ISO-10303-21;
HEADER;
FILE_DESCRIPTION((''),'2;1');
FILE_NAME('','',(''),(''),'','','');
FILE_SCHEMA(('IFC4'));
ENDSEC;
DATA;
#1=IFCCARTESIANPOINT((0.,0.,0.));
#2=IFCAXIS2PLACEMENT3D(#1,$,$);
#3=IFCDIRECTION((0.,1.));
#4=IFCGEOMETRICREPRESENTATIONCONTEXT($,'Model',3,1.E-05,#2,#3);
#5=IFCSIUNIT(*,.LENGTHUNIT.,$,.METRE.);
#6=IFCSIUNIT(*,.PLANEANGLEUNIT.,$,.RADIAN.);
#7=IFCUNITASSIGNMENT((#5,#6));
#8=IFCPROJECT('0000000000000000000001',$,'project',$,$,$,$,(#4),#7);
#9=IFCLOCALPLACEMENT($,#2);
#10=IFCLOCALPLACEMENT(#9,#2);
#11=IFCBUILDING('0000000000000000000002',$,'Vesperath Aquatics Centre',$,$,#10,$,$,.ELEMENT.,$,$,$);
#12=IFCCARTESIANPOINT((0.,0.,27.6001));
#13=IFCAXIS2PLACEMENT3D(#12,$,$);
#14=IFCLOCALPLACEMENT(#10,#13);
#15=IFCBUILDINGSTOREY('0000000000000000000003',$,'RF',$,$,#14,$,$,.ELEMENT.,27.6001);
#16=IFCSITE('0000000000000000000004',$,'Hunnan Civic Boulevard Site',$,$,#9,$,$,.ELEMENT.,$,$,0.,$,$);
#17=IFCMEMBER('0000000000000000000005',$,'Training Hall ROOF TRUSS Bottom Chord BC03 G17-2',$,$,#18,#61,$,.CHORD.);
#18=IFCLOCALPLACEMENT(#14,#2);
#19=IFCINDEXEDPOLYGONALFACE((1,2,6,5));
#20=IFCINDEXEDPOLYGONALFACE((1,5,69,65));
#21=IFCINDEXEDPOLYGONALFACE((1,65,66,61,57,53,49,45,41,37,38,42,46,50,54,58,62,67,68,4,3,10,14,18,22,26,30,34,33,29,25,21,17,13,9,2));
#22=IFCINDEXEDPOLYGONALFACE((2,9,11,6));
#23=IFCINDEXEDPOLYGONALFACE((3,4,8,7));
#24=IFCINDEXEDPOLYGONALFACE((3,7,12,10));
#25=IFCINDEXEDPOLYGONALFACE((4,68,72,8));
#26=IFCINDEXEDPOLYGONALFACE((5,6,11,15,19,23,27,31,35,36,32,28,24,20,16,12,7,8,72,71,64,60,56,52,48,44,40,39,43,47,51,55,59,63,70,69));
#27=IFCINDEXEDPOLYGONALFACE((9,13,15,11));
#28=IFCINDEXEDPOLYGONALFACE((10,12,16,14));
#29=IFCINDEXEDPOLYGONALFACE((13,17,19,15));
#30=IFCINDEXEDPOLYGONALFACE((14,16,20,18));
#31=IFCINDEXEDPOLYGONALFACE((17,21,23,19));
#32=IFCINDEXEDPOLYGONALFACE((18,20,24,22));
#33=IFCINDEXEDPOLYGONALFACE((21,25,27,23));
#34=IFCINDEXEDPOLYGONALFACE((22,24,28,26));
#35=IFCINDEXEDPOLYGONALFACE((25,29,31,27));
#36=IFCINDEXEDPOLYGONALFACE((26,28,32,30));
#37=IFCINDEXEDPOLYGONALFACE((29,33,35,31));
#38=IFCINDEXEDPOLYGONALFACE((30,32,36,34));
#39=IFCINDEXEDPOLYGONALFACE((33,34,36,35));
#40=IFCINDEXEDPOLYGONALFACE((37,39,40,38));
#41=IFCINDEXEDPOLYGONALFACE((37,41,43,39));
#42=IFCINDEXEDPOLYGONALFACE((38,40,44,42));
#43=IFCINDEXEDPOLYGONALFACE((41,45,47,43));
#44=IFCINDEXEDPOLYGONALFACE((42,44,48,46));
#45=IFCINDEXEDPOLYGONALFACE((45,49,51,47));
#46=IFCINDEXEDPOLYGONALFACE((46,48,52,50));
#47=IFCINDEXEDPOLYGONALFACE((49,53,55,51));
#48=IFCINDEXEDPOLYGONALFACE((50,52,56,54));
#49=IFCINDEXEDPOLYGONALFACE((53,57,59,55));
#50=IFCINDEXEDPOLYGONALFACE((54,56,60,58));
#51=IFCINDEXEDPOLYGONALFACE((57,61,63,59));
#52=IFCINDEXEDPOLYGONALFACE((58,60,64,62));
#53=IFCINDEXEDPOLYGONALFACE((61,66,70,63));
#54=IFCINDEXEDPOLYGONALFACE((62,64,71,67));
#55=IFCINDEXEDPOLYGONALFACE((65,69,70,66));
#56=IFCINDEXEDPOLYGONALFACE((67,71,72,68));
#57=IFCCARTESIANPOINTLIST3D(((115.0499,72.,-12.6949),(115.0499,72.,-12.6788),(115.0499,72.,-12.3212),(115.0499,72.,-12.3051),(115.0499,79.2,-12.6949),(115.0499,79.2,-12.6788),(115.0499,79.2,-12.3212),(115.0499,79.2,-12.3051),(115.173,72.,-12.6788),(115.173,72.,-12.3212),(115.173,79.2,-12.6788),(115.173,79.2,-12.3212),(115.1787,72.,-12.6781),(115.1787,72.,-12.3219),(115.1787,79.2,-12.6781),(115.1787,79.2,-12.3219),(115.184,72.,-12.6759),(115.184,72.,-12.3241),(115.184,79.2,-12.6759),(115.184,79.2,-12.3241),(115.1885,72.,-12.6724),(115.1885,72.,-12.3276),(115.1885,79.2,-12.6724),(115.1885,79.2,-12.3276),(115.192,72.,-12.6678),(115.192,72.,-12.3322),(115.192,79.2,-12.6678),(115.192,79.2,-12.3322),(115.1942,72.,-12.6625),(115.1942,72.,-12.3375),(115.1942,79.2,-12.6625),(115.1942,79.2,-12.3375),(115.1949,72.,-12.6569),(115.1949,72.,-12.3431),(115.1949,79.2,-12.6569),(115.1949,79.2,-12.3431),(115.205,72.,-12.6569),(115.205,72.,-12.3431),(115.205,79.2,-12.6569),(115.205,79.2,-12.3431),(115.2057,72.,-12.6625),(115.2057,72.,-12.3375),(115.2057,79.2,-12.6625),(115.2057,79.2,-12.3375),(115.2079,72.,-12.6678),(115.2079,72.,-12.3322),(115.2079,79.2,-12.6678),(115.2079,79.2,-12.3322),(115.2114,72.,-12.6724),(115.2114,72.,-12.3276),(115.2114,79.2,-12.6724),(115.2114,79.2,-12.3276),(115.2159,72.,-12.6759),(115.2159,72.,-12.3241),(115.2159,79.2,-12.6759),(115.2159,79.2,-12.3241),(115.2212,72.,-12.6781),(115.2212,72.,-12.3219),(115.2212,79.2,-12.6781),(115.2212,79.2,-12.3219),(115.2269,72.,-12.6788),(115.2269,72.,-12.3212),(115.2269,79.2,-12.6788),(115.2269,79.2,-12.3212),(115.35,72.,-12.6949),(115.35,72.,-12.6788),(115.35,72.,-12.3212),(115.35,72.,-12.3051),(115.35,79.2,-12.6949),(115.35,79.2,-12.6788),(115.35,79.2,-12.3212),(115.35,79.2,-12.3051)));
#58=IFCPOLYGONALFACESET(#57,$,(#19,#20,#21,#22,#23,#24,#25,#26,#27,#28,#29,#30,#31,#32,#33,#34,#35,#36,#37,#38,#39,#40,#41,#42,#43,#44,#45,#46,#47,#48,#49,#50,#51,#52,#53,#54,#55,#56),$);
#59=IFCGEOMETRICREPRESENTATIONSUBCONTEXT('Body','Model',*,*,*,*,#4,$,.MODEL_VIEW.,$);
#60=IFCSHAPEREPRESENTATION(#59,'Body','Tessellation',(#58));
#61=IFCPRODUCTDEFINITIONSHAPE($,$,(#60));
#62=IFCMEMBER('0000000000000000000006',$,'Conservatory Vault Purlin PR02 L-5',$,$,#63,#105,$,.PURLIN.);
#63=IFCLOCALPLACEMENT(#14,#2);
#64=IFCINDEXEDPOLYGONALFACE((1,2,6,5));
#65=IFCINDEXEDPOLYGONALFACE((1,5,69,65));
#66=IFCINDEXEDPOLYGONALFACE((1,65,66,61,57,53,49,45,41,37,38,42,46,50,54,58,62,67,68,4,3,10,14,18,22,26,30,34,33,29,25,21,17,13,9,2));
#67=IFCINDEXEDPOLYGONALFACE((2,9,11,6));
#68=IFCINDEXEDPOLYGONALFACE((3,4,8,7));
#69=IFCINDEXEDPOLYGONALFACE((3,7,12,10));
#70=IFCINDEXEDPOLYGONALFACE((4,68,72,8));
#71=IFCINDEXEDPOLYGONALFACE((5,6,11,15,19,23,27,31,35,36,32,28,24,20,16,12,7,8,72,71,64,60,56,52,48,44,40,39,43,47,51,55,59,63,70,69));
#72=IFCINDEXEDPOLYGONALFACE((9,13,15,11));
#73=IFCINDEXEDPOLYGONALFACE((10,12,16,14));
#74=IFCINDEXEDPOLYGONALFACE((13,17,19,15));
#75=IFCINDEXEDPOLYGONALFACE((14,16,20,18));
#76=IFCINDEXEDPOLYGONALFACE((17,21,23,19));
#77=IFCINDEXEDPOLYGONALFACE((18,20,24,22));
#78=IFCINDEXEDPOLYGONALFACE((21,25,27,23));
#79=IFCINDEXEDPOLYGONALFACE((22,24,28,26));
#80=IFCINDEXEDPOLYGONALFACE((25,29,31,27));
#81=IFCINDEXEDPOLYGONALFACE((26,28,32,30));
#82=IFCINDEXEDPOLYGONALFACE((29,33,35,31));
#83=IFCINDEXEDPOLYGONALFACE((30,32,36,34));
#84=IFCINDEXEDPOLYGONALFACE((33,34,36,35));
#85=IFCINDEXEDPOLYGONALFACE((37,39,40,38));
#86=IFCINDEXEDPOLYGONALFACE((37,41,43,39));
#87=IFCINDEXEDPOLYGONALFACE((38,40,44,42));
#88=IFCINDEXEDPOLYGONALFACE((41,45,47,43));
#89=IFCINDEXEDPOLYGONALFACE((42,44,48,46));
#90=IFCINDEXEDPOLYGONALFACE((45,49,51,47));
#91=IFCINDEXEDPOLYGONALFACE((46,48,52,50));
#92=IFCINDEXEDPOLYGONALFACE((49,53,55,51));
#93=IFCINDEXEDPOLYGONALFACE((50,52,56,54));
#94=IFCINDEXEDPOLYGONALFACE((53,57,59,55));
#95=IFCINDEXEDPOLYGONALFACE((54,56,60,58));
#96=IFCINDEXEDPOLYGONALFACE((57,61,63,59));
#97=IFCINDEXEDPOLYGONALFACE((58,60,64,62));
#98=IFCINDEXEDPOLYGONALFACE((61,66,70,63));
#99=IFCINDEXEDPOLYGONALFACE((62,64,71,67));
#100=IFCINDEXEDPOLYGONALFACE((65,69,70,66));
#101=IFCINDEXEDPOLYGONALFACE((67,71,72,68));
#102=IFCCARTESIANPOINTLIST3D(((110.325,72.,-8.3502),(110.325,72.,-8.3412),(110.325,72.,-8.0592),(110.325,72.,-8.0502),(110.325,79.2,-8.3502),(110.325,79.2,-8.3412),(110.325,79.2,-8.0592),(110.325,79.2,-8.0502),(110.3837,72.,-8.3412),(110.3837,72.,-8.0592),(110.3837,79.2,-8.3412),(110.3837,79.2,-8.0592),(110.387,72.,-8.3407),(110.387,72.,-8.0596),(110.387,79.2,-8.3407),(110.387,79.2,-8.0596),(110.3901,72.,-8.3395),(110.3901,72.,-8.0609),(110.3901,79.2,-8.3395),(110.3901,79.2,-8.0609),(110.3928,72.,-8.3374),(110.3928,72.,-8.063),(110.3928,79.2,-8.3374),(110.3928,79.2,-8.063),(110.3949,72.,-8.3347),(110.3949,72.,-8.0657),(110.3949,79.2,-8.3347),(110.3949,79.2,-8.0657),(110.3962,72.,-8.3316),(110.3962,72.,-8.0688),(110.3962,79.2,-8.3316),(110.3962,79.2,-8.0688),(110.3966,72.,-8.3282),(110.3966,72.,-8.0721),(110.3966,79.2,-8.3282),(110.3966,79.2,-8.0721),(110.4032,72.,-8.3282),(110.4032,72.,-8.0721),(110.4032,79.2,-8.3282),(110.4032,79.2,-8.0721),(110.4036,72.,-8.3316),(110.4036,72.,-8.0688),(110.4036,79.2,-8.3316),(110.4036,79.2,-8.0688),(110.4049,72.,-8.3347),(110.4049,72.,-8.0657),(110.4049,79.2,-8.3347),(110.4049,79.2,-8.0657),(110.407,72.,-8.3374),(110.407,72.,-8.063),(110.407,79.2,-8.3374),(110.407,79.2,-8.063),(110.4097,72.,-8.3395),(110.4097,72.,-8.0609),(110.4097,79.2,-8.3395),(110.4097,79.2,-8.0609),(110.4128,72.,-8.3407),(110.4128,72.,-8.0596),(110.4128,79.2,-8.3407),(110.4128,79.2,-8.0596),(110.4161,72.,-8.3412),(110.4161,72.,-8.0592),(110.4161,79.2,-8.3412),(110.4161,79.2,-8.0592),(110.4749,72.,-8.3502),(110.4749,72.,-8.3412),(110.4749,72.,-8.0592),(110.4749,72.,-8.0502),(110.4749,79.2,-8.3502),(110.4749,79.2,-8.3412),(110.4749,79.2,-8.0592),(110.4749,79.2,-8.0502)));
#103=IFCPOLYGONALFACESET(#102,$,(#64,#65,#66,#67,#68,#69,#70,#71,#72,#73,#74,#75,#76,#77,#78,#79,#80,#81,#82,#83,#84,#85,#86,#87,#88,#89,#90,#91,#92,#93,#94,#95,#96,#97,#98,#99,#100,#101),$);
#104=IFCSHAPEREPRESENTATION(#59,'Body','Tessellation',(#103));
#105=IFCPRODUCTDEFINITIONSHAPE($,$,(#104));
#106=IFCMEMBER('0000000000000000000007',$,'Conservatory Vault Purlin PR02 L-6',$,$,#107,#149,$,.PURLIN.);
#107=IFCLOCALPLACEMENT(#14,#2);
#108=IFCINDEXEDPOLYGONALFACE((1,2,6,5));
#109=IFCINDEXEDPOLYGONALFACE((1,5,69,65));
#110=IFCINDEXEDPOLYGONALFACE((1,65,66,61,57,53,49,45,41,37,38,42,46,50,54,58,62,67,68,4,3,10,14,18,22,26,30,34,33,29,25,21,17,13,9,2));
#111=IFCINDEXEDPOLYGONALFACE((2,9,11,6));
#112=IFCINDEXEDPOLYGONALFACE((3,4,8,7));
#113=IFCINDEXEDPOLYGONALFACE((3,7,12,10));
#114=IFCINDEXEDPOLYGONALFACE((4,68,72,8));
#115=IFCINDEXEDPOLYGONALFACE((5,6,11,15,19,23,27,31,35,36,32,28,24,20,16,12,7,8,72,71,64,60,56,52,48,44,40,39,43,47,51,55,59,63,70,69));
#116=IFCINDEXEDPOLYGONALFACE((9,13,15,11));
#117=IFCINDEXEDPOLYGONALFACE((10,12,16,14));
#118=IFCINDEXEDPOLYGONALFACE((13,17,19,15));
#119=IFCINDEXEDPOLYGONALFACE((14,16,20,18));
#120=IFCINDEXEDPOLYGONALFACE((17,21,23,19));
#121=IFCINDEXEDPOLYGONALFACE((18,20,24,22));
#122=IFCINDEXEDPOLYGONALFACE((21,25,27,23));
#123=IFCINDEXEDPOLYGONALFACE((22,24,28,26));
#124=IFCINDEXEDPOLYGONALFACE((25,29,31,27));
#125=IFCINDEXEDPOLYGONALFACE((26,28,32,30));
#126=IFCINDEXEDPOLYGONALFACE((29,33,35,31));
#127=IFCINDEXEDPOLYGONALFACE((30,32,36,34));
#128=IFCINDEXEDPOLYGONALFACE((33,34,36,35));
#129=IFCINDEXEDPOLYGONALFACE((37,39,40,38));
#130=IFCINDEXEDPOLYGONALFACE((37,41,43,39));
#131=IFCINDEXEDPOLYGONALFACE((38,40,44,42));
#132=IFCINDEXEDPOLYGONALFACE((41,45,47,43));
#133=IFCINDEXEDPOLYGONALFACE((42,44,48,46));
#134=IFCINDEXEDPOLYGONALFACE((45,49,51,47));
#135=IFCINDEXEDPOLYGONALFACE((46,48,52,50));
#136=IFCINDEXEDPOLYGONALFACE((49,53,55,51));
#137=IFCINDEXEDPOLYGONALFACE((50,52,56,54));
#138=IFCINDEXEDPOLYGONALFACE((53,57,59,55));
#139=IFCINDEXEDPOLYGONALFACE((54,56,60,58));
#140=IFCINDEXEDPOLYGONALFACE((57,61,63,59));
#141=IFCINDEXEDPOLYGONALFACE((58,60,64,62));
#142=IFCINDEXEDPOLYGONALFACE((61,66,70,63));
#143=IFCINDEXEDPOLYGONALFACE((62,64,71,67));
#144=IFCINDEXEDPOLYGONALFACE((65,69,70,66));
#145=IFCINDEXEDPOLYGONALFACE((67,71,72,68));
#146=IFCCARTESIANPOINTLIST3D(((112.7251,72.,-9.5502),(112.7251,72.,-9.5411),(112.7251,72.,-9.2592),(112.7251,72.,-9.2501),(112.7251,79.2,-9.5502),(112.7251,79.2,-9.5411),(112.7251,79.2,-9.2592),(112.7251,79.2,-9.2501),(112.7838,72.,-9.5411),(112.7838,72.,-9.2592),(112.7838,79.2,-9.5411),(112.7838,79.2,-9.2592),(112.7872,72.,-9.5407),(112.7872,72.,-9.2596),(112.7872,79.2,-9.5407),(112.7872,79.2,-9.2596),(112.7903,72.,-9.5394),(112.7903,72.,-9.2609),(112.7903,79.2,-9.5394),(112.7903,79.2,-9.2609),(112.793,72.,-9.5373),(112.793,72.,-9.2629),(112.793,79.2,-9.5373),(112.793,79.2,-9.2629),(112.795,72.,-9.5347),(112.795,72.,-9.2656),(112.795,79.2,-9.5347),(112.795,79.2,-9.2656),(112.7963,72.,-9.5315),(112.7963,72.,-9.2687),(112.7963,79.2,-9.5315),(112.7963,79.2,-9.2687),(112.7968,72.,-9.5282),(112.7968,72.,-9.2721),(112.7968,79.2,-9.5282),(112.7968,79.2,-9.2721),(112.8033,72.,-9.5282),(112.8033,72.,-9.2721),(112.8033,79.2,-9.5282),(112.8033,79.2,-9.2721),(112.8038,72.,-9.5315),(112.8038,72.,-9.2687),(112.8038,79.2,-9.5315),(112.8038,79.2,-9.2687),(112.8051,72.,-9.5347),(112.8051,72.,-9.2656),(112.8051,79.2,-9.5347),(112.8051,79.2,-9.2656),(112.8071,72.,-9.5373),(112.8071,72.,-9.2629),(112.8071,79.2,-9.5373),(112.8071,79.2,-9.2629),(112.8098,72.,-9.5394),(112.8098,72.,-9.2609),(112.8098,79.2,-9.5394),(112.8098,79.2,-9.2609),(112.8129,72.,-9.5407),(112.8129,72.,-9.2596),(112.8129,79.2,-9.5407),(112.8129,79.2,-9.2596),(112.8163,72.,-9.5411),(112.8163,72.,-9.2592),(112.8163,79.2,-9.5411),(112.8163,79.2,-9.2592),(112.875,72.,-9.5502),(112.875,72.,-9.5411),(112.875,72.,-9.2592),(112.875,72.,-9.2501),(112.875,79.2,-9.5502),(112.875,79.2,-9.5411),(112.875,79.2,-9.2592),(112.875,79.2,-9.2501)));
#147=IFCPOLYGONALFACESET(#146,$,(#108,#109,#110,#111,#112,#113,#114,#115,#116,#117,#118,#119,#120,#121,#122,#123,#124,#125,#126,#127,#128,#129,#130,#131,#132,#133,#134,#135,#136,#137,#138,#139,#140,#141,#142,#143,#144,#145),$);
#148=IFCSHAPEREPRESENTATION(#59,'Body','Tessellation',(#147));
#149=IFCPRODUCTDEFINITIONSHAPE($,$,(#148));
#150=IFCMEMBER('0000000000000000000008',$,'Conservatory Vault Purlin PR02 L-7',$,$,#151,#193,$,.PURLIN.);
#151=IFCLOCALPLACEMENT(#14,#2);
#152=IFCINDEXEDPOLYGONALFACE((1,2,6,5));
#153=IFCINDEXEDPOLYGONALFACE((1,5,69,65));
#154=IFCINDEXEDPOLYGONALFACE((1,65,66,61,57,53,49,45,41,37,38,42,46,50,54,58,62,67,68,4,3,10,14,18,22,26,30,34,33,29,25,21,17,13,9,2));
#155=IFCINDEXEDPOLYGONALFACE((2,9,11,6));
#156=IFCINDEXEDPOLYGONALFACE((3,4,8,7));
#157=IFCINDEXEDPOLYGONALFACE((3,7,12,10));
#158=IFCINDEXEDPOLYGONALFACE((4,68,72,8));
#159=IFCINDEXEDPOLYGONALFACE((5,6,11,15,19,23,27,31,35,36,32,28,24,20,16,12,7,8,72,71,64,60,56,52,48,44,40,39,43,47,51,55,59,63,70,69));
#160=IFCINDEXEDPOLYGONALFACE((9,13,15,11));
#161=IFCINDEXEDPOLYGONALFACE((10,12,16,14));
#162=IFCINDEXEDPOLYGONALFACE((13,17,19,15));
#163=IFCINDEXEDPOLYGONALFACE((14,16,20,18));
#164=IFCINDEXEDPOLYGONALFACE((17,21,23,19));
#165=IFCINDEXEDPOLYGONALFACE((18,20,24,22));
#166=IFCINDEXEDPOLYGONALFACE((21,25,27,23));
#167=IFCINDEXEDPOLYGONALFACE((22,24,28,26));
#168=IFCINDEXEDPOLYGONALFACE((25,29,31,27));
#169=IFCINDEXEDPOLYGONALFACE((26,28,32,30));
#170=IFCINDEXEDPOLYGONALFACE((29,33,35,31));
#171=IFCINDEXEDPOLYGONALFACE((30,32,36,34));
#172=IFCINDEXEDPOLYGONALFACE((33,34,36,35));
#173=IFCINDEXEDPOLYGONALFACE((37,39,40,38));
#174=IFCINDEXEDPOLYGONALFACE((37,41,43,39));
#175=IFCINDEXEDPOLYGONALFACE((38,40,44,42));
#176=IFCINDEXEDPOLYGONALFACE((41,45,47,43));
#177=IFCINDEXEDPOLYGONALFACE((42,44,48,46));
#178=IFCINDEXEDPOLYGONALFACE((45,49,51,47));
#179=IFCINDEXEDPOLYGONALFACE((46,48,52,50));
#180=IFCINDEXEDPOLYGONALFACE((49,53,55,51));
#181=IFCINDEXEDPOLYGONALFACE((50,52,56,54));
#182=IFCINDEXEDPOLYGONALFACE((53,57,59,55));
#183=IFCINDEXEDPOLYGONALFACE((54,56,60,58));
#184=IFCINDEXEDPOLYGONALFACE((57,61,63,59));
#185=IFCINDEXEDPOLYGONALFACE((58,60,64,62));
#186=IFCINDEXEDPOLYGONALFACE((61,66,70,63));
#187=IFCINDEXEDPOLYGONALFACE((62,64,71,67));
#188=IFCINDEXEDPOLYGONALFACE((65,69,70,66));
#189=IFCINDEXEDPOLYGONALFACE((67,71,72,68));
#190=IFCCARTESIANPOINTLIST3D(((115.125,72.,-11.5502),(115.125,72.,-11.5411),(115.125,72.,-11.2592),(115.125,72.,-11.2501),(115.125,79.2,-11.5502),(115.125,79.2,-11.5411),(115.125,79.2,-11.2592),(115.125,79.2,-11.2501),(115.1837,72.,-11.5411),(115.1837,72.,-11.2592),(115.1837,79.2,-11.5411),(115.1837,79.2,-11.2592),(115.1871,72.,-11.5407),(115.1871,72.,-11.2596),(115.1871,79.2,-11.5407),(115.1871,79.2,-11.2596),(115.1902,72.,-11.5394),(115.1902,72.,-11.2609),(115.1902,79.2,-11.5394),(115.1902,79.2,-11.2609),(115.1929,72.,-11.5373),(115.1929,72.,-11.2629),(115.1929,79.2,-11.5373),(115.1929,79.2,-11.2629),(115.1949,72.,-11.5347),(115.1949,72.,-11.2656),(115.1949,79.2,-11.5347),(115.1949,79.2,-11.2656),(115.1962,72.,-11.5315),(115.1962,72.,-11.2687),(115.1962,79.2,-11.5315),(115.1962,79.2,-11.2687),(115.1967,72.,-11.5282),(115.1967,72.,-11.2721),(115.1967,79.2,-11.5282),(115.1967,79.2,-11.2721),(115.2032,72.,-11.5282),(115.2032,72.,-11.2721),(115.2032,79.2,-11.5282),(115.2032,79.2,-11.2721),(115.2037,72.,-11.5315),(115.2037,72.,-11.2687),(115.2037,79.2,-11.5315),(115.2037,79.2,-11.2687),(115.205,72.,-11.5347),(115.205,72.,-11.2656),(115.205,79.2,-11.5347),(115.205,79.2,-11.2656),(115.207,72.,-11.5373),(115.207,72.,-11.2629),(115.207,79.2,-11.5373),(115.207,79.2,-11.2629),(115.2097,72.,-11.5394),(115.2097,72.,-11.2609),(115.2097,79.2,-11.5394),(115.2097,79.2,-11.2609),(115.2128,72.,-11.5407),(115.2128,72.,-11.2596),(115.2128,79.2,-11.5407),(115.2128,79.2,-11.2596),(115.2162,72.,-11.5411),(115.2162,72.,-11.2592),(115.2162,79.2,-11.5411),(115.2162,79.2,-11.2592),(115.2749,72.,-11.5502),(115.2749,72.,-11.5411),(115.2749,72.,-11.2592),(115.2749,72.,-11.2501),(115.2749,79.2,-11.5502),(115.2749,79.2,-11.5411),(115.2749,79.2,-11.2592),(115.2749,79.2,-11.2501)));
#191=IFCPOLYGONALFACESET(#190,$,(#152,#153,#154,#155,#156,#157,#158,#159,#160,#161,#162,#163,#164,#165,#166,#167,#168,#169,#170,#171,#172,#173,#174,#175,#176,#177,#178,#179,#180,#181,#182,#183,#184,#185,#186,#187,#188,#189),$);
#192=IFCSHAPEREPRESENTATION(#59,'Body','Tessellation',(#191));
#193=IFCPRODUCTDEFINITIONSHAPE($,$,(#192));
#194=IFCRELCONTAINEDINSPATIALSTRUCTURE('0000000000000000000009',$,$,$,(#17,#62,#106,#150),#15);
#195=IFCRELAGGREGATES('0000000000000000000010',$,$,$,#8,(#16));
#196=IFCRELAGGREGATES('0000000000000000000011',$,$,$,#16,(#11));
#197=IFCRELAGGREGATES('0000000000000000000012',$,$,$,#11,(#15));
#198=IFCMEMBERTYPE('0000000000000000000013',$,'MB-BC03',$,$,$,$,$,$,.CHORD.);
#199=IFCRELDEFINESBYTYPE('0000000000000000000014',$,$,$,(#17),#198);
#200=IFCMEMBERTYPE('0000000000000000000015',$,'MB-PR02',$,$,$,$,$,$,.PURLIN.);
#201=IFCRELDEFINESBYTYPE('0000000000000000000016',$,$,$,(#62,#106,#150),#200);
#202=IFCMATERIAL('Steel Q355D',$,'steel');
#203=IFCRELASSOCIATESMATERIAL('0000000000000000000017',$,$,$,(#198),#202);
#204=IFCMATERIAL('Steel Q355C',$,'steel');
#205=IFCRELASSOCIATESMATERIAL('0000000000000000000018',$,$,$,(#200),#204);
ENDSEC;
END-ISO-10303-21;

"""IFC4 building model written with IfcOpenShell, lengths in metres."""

from ifc_helpers import new_model, si_unit, direction, frame, origin, origin_2d, place, context, subcontext, project, spatial, i_section, extrude, material, material_profile, profile_set, type_object, element, save


model = new_model("IFC4")

# Units and contexts
model_context = context("Model", 3, precision=1e-05, world=origin(), true_north=direction((0.0, 1.0)))
body_context = subcontext(model_context, "Body", "Model", "MODEL_VIEW")
ifc_project = project(units=[si_unit("LENGTHUNIT", "METRE"), si_unit("PLANEANGLEUNIT", "RADIAN")], contexts=[model_context])

# Site, building, storey
site_placement = place(None, origin())
site = spatial("IfcSite", under=ifc_project, at=site_placement, Name="Hunnan Civic Boulevard Site", CompositionType="ELEMENT", RefElevation=0.0)
building_placement = place(site_placement, origin())
building = spatial("IfcBuilding", under=site, at=building_placement, Name="Vesperath Aquatics Centre", CompositionType="ELEMENT")
storey_placement = place(building_placement, frame((0.0, 0.0, 27.6001)))
storey = spatial("IfcBuildingStorey", under=building, at=storey_placement, Name="RF", CompositionType="ELEMENT", Elevation=27.6001)

# Shared definitions
ifc_material_1 = material(Name="Steel Q355C", Category="steel")

# Members
ifc_material_2 = material(Name="Steel Q355D", Category="steel")
ifc_material_profile_1 = material_profile(ifc_material_2, i_section(OverallWidth=0.3, OverallDepth=0.3899, WebThickness=0.01, FlangeThickness=0.0161, FilletRadius=0.022, at=origin_2d()), Name="HM 390x300x10x16")
ifc_profile_set_1 = profile_set([ifc_material_profile_1], Name="Steel Q355D")
member_type_1 = type_object("IfcMemberType", Name="MB-BC03", PredefinedType="CHORD", material=ifc_profile_set_1)
member_1_placement = place(storey_placement, frame((115.2, 72.0, -12.5), z_axis=(0.0, 1.0, 0.0), x_axis=(-1.0, 0.0, 0.0)))
element("IfcMember", 1, at=member_1_placement, inside=storey, type_object=member_type_1, Name="Training Hall ROOF TRUSS Bottom Chord BC03 G17-2", PredefinedType="CHORD", context=body_context, shape_type="SweptSolid", body=[
    extrude(i_section(OverallWidth=0.3, OverallDepth=0.3899, WebThickness=0.01, FlangeThickness=0.0161, FilletRadius=0.022, at=origin_2d()), origin(), (0.0, 0.0, 1.0), 7.2),
])
ifc_material_profile_2 = material_profile(ifc_material_1, i_section(OverallWidth=0.1499, OverallDepth=0.3, WebThickness=0.0066, FlangeThickness=0.009, FilletRadius=0.0129, at=origin_2d()), Name="HN 300x150x6.5x9")
ifc_profile_set_2 = profile_set([ifc_material_profile_2], Name="Steel Q355C")
member_type_2 = type_object("IfcMemberType", Name="MB-PR02", PredefinedType="PURLIN", material=ifc_profile_set_2)
for number, where, z_axis, x_axis, name in (
    (2, (110.3999, 72.0, -8.2002), (0.0, 1.0, 0.0), (-1.0, 0.0, 0.0), "Conservatory Vault Purlin PR02 L-5"),
    (3, (112.8, 72.0, -9.4001), (0.0, 1.0, 0.0), (-1.0, 0.0, 0.0), "Conservatory Vault Purlin PR02 L-6"),
    (4, (115.2, 72.0, -11.4001), (0.0, 1.0, 0.0), (-1.0, 0.0, 0.0), "Conservatory Vault Purlin PR02 L-7"),
):
    element("IfcMember", number, at=place(storey_placement, frame(where, z_axis=z_axis, x_axis=x_axis)), inside=storey, type_object=member_type_2, Name=name, PredefinedType="PURLIN", context=body_context, shape_type="SweptSolid", body=[
        extrude(i_section(OverallWidth=0.1499, OverallDepth=0.3, WebThickness=0.0066, FlangeThickness=0.009, FilletRadius=0.0129, at=origin_2d()), origin(), (0.0, 0.0, 1.0), 7.2),
    ])

save(model, "model.ifc")
